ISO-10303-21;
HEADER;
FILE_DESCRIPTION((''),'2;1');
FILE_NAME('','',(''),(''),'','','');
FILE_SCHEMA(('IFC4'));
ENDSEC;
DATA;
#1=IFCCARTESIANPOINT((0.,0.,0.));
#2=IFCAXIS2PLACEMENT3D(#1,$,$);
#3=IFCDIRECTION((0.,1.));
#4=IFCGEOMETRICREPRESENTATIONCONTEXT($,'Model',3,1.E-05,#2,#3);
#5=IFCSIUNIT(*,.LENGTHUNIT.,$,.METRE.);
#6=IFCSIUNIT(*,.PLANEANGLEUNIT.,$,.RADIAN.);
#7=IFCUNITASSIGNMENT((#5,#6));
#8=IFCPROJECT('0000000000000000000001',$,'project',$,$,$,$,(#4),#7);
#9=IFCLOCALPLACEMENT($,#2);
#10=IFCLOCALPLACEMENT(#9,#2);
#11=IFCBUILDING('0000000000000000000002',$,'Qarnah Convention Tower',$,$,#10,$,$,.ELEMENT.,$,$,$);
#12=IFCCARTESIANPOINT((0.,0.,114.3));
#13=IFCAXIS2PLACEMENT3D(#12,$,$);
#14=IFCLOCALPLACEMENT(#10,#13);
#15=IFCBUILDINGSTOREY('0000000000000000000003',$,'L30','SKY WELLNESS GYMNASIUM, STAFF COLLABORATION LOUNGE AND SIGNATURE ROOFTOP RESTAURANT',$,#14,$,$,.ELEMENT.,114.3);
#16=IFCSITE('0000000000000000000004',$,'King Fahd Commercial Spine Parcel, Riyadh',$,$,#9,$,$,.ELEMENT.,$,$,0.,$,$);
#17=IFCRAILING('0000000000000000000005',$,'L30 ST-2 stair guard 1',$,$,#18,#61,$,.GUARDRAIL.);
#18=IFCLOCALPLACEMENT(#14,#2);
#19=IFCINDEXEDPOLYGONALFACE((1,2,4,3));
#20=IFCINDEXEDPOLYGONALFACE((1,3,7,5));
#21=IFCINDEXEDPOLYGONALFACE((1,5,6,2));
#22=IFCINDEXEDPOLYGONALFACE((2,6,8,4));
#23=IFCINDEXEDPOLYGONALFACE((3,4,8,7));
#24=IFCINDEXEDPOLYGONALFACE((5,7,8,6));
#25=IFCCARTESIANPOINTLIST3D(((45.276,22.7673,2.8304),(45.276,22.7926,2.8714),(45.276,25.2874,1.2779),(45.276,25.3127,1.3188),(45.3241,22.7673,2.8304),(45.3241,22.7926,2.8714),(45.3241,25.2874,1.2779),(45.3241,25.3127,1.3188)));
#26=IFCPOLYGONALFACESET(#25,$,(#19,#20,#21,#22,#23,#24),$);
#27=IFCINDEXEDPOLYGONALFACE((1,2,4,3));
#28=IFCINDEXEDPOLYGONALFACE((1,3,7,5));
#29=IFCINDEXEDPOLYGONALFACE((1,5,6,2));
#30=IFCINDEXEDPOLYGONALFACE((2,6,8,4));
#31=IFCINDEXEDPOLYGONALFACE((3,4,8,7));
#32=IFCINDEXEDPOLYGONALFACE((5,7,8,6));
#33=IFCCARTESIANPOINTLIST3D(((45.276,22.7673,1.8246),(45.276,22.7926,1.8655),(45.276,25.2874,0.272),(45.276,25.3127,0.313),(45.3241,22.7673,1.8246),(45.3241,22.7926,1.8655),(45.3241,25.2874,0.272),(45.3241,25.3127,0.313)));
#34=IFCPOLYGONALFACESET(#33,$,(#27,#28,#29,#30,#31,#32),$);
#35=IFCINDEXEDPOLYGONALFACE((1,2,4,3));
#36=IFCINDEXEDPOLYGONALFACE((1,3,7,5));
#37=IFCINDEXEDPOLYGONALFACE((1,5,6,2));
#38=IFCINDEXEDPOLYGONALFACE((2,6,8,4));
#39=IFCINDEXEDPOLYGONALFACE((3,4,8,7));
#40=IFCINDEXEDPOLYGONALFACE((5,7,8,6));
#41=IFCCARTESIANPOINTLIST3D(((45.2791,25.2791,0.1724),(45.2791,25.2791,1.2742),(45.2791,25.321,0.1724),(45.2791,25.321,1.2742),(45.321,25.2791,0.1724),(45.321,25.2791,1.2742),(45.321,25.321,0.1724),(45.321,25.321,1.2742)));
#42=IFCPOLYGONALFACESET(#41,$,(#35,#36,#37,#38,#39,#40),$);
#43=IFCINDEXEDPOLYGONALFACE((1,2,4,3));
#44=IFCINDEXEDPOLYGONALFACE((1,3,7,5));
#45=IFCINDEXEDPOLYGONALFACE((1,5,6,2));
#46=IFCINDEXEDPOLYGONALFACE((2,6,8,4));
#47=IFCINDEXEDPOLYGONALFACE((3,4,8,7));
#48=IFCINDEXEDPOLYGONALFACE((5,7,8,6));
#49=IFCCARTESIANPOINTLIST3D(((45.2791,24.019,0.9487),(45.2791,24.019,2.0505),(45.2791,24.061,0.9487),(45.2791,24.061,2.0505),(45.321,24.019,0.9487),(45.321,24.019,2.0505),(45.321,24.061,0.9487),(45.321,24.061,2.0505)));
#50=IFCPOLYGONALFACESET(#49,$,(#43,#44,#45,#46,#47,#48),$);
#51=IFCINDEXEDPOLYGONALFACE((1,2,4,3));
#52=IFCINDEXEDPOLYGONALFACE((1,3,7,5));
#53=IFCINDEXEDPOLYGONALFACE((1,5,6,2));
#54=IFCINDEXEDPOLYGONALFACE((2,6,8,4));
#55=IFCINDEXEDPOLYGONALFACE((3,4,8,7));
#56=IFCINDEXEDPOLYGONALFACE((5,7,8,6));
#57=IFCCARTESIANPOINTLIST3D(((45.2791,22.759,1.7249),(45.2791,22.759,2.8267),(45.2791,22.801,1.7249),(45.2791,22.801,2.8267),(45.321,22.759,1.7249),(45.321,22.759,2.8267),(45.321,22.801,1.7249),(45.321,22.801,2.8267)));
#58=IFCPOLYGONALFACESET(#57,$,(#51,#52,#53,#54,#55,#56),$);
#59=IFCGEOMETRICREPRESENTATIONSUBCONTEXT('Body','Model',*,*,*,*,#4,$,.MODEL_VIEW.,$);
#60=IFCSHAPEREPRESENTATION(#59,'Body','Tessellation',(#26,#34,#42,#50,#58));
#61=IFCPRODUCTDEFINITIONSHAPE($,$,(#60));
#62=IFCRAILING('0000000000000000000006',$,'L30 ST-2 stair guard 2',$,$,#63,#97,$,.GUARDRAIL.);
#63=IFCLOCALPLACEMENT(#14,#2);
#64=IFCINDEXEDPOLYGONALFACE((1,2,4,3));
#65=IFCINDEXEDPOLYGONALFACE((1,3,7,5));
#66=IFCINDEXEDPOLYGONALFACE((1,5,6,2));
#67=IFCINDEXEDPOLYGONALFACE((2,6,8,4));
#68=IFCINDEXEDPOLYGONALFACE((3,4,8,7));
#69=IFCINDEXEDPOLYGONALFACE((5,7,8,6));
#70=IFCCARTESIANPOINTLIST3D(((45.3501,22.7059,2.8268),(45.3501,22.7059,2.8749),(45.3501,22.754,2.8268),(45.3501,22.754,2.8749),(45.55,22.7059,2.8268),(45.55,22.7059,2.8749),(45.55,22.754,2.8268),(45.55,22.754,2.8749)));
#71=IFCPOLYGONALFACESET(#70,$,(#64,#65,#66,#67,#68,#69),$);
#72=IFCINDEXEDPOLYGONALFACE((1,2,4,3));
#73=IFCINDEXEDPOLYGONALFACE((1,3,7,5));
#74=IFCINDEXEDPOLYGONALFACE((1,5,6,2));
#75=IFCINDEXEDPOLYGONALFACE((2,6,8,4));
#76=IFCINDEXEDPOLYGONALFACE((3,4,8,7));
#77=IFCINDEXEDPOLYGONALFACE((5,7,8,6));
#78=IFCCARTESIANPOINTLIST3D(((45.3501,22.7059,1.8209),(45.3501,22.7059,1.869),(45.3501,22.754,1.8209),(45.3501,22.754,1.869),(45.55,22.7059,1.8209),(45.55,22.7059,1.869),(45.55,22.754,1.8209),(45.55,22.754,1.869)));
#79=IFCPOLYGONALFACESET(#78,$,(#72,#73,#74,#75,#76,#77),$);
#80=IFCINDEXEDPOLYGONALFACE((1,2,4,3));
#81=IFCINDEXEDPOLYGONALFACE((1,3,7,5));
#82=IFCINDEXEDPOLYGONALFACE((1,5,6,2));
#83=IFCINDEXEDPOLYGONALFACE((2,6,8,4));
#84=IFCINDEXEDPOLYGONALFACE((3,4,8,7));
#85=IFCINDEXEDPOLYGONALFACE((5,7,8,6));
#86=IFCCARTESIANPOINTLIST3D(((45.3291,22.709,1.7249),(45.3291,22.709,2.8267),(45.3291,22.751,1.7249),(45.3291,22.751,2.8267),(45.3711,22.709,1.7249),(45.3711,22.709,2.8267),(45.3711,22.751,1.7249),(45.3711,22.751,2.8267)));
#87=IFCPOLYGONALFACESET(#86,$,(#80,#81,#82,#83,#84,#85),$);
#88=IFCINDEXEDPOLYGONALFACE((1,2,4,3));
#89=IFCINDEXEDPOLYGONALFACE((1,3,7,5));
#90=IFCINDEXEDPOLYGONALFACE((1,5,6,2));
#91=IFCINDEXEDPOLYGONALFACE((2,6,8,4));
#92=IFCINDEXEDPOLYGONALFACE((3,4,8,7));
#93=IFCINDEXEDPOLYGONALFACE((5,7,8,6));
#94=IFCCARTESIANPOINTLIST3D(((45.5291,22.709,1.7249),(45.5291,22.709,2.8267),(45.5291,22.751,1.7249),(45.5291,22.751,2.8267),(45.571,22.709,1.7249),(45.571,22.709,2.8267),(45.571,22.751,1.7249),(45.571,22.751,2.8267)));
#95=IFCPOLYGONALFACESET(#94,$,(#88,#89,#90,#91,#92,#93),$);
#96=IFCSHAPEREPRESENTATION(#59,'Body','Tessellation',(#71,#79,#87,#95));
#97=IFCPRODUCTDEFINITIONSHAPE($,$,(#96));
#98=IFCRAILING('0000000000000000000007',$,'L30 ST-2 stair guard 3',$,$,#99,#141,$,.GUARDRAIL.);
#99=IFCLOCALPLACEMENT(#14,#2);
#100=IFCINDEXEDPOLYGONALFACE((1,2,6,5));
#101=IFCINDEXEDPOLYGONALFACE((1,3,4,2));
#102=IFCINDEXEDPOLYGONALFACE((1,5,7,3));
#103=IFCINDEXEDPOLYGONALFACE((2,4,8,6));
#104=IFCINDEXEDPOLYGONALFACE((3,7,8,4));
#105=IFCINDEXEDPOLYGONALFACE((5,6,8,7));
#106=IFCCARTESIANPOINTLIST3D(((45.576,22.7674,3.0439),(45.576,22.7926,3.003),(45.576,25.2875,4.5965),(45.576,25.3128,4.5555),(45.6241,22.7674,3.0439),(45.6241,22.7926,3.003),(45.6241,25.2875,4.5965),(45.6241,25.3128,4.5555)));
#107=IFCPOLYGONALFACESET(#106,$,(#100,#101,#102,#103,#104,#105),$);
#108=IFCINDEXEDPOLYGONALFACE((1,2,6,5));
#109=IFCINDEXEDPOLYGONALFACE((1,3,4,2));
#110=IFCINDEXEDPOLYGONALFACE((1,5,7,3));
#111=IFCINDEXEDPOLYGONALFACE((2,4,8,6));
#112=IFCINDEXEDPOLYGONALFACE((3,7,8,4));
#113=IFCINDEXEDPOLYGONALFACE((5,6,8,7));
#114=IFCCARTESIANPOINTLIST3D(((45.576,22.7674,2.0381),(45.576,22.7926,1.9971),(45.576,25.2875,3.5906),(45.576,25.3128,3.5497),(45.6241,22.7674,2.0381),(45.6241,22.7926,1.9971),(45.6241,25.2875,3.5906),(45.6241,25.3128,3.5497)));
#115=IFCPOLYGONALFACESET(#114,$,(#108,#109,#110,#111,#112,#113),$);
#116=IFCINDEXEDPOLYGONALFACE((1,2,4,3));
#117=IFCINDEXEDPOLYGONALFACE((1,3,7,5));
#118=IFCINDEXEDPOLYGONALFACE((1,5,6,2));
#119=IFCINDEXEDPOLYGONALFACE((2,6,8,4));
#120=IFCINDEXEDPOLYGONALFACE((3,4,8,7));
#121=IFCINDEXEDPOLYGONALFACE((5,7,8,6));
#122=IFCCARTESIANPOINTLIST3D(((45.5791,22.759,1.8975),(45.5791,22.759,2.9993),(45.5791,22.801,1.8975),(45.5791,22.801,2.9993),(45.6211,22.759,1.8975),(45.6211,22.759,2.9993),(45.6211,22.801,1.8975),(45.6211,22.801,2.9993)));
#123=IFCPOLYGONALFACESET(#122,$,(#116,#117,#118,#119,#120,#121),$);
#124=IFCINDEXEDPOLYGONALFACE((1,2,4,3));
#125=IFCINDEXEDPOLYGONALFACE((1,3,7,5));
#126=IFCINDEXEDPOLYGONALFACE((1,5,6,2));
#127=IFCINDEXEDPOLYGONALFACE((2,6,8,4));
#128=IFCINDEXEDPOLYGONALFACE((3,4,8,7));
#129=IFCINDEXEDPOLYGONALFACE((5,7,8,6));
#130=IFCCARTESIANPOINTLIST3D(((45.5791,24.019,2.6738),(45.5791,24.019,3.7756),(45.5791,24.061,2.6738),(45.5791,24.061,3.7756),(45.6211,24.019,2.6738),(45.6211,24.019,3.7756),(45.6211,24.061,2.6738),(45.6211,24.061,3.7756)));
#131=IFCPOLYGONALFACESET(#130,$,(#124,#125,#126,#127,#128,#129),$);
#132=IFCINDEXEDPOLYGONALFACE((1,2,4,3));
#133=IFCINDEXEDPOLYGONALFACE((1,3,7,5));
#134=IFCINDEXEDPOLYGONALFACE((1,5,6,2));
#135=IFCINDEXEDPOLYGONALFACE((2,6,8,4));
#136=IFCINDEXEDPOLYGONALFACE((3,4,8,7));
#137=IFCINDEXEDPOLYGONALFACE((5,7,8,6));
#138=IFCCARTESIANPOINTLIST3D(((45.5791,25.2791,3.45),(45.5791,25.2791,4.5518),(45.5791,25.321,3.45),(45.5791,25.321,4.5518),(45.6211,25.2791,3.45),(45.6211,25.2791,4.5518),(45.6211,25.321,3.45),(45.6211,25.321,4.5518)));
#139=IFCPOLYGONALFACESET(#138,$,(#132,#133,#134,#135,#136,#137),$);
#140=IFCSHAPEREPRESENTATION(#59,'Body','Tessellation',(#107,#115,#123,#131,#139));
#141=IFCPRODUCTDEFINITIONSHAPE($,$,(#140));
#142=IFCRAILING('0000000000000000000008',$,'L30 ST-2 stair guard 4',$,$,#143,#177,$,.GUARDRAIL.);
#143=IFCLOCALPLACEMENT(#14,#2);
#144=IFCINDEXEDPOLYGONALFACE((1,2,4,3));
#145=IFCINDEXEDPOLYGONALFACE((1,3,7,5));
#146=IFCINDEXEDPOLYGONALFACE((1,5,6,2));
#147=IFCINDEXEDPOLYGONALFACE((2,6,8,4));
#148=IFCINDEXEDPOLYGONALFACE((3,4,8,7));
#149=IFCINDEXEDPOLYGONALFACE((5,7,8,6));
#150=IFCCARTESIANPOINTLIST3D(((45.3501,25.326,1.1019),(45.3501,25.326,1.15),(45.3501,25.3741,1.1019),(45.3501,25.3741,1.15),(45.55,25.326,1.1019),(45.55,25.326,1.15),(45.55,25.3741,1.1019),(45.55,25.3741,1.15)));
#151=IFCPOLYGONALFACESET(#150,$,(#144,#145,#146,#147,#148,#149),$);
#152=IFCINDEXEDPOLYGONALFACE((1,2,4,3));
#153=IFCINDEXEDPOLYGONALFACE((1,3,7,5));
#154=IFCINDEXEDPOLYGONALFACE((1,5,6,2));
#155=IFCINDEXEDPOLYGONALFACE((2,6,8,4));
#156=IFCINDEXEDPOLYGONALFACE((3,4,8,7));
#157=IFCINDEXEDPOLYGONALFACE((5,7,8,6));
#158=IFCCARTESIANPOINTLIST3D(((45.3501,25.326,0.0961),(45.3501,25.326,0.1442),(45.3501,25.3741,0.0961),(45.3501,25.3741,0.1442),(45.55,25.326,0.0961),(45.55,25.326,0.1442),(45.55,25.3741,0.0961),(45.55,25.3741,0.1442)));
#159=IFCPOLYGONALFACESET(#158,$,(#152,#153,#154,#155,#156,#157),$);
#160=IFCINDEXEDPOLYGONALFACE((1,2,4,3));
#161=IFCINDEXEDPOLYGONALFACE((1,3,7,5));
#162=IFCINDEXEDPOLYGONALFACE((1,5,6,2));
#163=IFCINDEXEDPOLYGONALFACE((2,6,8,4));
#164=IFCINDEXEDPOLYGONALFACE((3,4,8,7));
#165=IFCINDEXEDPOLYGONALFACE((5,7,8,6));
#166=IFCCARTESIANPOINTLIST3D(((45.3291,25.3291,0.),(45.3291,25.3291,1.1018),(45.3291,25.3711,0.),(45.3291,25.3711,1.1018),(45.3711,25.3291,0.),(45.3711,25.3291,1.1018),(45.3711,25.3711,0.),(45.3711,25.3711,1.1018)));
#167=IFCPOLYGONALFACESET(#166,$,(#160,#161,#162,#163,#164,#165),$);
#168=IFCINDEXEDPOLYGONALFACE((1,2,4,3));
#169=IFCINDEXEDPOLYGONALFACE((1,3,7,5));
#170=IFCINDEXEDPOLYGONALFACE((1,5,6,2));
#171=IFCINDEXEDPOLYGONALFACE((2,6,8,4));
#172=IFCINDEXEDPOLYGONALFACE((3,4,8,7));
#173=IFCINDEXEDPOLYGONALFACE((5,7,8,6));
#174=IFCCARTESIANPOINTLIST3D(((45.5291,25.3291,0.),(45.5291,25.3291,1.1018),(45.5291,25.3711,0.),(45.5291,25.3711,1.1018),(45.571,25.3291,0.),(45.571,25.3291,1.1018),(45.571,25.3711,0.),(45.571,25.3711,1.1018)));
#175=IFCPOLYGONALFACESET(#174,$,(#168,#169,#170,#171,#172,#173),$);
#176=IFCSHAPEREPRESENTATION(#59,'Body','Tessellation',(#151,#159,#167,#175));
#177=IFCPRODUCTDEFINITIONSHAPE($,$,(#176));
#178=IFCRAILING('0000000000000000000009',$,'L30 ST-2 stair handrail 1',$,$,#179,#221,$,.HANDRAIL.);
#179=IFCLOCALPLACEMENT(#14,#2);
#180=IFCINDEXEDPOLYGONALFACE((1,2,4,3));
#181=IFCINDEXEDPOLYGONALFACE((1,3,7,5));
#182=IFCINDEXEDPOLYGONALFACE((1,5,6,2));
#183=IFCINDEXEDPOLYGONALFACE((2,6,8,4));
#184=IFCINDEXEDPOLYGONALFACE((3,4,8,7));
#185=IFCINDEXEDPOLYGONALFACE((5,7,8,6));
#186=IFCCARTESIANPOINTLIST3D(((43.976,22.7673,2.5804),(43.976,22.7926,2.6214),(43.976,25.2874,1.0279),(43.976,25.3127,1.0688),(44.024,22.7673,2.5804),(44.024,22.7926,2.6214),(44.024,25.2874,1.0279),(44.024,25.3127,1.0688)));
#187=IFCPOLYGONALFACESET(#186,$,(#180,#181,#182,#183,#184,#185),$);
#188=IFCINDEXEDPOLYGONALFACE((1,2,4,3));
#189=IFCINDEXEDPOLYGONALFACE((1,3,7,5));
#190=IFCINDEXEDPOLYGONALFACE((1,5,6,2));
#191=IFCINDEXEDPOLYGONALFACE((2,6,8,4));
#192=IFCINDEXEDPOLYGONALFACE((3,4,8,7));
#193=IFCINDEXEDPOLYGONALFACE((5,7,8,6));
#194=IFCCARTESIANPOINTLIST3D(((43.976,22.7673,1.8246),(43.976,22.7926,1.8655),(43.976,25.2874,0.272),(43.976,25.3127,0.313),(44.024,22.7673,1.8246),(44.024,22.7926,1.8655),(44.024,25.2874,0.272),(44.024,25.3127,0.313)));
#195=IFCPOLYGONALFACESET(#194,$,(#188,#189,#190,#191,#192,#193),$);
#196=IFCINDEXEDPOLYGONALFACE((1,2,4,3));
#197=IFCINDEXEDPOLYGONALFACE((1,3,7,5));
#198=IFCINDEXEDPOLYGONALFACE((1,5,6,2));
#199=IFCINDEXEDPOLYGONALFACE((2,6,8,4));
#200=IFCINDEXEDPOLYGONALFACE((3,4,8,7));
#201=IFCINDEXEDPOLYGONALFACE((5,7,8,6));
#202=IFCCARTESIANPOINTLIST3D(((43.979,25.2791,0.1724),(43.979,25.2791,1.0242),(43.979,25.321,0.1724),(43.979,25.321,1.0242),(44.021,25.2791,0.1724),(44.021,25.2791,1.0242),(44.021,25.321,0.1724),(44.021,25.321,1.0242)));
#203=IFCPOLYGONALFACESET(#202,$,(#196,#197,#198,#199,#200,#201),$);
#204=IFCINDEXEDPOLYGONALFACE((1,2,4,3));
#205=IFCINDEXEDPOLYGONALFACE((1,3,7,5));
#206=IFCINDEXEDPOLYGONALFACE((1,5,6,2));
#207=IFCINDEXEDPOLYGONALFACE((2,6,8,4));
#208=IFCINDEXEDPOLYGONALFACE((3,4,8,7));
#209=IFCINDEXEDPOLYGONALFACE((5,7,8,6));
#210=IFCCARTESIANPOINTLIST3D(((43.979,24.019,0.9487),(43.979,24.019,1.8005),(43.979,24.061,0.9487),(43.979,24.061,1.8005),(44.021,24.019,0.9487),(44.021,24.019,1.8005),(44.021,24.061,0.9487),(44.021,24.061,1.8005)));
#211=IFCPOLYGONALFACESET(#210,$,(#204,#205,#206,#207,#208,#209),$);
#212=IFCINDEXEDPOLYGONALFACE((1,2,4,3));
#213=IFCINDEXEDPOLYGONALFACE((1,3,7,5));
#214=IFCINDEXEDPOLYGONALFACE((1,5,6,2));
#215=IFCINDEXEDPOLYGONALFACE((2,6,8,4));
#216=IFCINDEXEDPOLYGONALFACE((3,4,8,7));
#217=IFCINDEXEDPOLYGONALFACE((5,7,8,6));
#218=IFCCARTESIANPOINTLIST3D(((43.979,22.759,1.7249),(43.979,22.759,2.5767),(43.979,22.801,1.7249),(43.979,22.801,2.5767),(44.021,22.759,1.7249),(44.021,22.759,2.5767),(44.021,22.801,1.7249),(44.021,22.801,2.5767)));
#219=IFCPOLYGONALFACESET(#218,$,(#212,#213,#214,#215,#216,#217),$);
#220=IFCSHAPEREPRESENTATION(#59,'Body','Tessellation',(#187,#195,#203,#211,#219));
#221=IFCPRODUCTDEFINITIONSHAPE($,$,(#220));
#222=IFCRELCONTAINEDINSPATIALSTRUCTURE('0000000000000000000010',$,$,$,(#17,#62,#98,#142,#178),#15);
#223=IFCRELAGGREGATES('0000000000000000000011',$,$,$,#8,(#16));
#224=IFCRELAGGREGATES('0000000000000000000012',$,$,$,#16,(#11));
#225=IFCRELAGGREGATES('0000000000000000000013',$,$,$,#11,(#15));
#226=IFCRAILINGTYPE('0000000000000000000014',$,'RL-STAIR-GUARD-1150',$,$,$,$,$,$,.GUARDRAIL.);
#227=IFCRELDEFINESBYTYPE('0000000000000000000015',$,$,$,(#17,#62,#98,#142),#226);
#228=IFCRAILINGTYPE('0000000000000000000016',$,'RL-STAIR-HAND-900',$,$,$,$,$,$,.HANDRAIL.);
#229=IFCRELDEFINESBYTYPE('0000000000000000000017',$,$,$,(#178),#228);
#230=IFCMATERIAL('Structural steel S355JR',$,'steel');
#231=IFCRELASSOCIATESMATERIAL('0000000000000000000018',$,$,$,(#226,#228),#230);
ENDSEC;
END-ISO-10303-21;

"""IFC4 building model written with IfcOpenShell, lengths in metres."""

from ifc_helpers import new_model, si_unit, direction, frame, origin, origin_2d, place, context, subcontext, project, spatial, rectangle, extrude, material, type_object, element, save


model = new_model("IFC4")

# Units and contexts
model_context = context("Model", 3, precision=1e-05, world=origin(), true_north=direction((0.0, 1.0)))
body_context = subcontext(model_context, "Body", "Model", "MODEL_VIEW")
ifc_project = project(units=[si_unit("LENGTHUNIT", "METRE"), si_unit("PLANEANGLEUNIT", "RADIAN")], contexts=[model_context])

# Site, building, storey
site_placement = place(None, origin())
site = spatial("IfcSite", under=ifc_project, at=site_placement, Name="King Fahd Commercial Spine Parcel, Riyadh", CompositionType="ELEMENT", RefElevation=0.0)
building_placement = place(site_placement, origin())
building = spatial("IfcBuilding", under=site, at=building_placement, Name="Qarnah Convention Tower", CompositionType="ELEMENT")
storey_placement = place(building_placement, frame((0.0, 0.0, 114.3)))
storey = spatial("IfcBuildingStorey", under=building, at=storey_placement, Name="L30", Description="SKY WELLNESS GYMNASIUM, STAFF COLLABORATION LOUNGE AND SIGNATURE ROOFTOP RESTAURANT", CompositionType="ELEMENT", Elevation=114.3)

# Shared definitions
ifc_material_1 = material(Name="Structural steel S355JR", Category="steel")

# Railings
railing_type_1 = type_object("IfcRailingType", Name="RL-STAIR-GUARD-1150", PredefinedType="GUARDRAIL", material=ifc_material_1)
railing_1_placement = place(storey_placement, frame((45.3, 25.3, 0.1724)))
element("IfcRailing", 1, at=railing_1_placement, inside=storey, type_object=railing_type_1, Name="L30 ST-2 stair guard 1", PredefinedType="GUARDRAIL", context=body_context, shape_type="SweptSolid", body=[
    extrude(rectangle(XDim=0.0481, YDim=0.0481, at=origin_2d()), frame((0.0, 0.0, 1.126), z_axis=(0.0, -0.8514, 0.524516), x_axis=(1.0, 0.0, 0.0)), (0.0, 0.0, 1.0), 2.96),
    extrude(rectangle(XDim=0.0481, YDim=0.0481, at=origin_2d()), frame((0.0, 0.0, 0.1201), z_axis=(0.0, -0.8514, 0.524516), x_axis=(1.0, 0.0, 0.0)), (0.0, 0.0, 1.0), 2.96),
    extrude(rectangle(XDim=0.042, YDim=0.042, at=origin_2d()), origin(), (0.0, 0.0, 1.0), 1.1018),
    extrude(rectangle(XDim=0.042, YDim=0.042, at=origin_2d()), frame((0.0, -1.26, 0.7764)), (0.0, 0.0, 1.0), 1.1018),
    extrude(rectangle(XDim=0.042, YDim=0.042, at=origin_2d()), frame((0.0, -2.52, 1.5525)), (0.0, 0.0, 1.0), 1.1018),
])
railing_2_placement = place(storey_placement, frame((45.3501, 22.73, 1.7249)))
element("IfcRailing", 2, at=railing_2_placement, inside=storey, type_object=railing_type_1, Name="L30 ST-2 stair guard 2", PredefinedType="GUARDRAIL", context=body_context, shape_type="SweptSolid", body=[
    extrude(rectangle(XDim=0.0481, YDim=0.0481, at=origin_2d()), frame((0.0, 0.0, 1.126), z_axis=(1.0, 0.0, 0.0), x_axis=(0.0, 1.0, 0.0)), (0.0, 0.0, 1.0), 0.2),
    extrude(rectangle(XDim=0.0481, YDim=0.0481, at=origin_2d()), frame((0.0, 0.0, 0.1201), z_axis=(1.0, 0.0, 0.0), x_axis=(0.0, 1.0, 0.0)), (0.0, 0.0, 1.0), 0.2),
    extrude(rectangle(XDim=0.042, YDim=0.042, at=origin_2d()), origin(), (0.0, 0.0, 1.0), 1.1018),
    extrude(rectangle(XDim=0.042, YDim=0.042, at=origin_2d()), frame((0.2, 0.0, 0.0)), (0.0, 0.0, 1.0), 1.1018),
])
railing_3_placement = place(storey_placement, frame((45.6001, 22.78, 1.8975)))
element("IfcRailing", 3, at=railing_3_placement, inside=storey, type_object=railing_type_1, Name="L30 ST-2 stair guard 3", PredefinedType="GUARDRAIL", context=body_context, shape_type="SweptSolid", body=[
    extrude(rectangle(XDim=0.0481, YDim=0.0481, at=origin_2d()), frame((0.0, 0.0, 1.126), z_axis=(0.0, 0.8514, 0.524516), x_axis=(-1.0, 0.0, 0.0)), (0.0, 0.0, 1.0), 2.96),
    extrude(rectangle(XDim=0.0481, YDim=0.0481, at=origin_2d()), frame((0.0, 0.0, 0.1201), z_axis=(0.0, 0.8514, 0.524516), x_axis=(-1.0, 0.0, 0.0)), (0.0, 0.0, 1.0), 2.96),
    extrude(rectangle(XDim=0.042, YDim=0.042, at=origin_2d()), origin(), (0.0, 0.0, 1.0), 1.1018),
    extrude(rectangle(XDim=0.042, YDim=0.042, at=origin_2d()), frame((0.0, 1.26, 0.7764)), (0.0, 0.0, 1.0), 1.1018),
    extrude(rectangle(XDim=0.042, YDim=0.042, at=origin_2d()), frame((0.0, 2.52, 1.5525)), (0.0, 0.0, 1.0), 1.1018),
])
railing_4_placement = place(storey_placement, frame((45.3501, 25.3501, 0.0)))
element("IfcRailing", 4, at=railing_4_placement, inside=storey, type_object=railing_type_1, Name="L30 ST-2 stair guard 4", PredefinedType="GUARDRAIL", context=body_context, shape_type="SweptSolid", body=[
    extrude(rectangle(XDim=0.0481, YDim=0.0481, at=origin_2d()), frame((0.0, 0.0, 1.126), z_axis=(1.0, 0.0, 0.0), x_axis=(0.0, 1.0, 0.0)), (0.0, 0.0, 1.0), 0.2),
    extrude(rectangle(XDim=0.0481, YDim=0.0481, at=origin_2d()), frame((0.0, 0.0, 0.1201), z_axis=(1.0, 0.0, 0.0), x_axis=(0.0, 1.0, 0.0)), (0.0, 0.0, 1.0), 0.2),
    extrude(rectangle(XDim=0.042, YDim=0.042, at=origin_2d()), origin(), (0.0, 0.0, 1.0), 1.1018),
    extrude(rectangle(XDim=0.042, YDim=0.042, at=origin_2d()), frame((0.2, 0.0, 0.0)), (0.0, 0.0, 1.0), 1.1018),
])
railing_type_2 = type_object("IfcRailingType", Name="RL-STAIR-HAND-900", PredefinedType="HANDRAIL", material=ifc_material_1)
railing_5_placement = place(storey_placement, frame((44.0, 25.3, 0.1724)))
element("IfcRailing", 5, at=railing_5_placement, inside=storey, type_object=railing_type_2, Name="L30 ST-2 stair handrail 1", PredefinedType="HANDRAIL", context=body_context, shape_type="SweptSolid", body=[
    extrude(rectangle(XDim=0.0481, YDim=0.0481, at=origin_2d()), frame((0.0, 0.0, 0.876), z_axis=(0.0, -0.8514, 0.524516), x_axis=(1.0, 0.0, 0.0)), (0.0, 0.0, 1.0), 2.96),
    extrude(rectangle(XDim=0.0481, YDim=0.0481, at=origin_2d()), frame((0.0, 0.0, 0.1201), z_axis=(0.0, -0.8514, 0.524516), x_axis=(1.0, 0.0, 0.0)), (0.0, 0.0, 1.0), 2.96),
    extrude(rectangle(XDim=0.042, YDim=0.042, at=origin_2d()), origin(), (0.0, 0.0, 1.0), 0.8518),
    extrude(rectangle(XDim=0.042, YDim=0.042, at=origin_2d()), frame((0.0, -1.26, 0.7764)), (0.0, 0.0, 1.0), 0.8518),
    extrude(rectangle(XDim=0.042, YDim=0.042, at=origin_2d()), frame((0.0, -2.52, 1.5525)), (0.0, 0.0, 1.0), 0.8518),
])

save(model, "model.ifc")
